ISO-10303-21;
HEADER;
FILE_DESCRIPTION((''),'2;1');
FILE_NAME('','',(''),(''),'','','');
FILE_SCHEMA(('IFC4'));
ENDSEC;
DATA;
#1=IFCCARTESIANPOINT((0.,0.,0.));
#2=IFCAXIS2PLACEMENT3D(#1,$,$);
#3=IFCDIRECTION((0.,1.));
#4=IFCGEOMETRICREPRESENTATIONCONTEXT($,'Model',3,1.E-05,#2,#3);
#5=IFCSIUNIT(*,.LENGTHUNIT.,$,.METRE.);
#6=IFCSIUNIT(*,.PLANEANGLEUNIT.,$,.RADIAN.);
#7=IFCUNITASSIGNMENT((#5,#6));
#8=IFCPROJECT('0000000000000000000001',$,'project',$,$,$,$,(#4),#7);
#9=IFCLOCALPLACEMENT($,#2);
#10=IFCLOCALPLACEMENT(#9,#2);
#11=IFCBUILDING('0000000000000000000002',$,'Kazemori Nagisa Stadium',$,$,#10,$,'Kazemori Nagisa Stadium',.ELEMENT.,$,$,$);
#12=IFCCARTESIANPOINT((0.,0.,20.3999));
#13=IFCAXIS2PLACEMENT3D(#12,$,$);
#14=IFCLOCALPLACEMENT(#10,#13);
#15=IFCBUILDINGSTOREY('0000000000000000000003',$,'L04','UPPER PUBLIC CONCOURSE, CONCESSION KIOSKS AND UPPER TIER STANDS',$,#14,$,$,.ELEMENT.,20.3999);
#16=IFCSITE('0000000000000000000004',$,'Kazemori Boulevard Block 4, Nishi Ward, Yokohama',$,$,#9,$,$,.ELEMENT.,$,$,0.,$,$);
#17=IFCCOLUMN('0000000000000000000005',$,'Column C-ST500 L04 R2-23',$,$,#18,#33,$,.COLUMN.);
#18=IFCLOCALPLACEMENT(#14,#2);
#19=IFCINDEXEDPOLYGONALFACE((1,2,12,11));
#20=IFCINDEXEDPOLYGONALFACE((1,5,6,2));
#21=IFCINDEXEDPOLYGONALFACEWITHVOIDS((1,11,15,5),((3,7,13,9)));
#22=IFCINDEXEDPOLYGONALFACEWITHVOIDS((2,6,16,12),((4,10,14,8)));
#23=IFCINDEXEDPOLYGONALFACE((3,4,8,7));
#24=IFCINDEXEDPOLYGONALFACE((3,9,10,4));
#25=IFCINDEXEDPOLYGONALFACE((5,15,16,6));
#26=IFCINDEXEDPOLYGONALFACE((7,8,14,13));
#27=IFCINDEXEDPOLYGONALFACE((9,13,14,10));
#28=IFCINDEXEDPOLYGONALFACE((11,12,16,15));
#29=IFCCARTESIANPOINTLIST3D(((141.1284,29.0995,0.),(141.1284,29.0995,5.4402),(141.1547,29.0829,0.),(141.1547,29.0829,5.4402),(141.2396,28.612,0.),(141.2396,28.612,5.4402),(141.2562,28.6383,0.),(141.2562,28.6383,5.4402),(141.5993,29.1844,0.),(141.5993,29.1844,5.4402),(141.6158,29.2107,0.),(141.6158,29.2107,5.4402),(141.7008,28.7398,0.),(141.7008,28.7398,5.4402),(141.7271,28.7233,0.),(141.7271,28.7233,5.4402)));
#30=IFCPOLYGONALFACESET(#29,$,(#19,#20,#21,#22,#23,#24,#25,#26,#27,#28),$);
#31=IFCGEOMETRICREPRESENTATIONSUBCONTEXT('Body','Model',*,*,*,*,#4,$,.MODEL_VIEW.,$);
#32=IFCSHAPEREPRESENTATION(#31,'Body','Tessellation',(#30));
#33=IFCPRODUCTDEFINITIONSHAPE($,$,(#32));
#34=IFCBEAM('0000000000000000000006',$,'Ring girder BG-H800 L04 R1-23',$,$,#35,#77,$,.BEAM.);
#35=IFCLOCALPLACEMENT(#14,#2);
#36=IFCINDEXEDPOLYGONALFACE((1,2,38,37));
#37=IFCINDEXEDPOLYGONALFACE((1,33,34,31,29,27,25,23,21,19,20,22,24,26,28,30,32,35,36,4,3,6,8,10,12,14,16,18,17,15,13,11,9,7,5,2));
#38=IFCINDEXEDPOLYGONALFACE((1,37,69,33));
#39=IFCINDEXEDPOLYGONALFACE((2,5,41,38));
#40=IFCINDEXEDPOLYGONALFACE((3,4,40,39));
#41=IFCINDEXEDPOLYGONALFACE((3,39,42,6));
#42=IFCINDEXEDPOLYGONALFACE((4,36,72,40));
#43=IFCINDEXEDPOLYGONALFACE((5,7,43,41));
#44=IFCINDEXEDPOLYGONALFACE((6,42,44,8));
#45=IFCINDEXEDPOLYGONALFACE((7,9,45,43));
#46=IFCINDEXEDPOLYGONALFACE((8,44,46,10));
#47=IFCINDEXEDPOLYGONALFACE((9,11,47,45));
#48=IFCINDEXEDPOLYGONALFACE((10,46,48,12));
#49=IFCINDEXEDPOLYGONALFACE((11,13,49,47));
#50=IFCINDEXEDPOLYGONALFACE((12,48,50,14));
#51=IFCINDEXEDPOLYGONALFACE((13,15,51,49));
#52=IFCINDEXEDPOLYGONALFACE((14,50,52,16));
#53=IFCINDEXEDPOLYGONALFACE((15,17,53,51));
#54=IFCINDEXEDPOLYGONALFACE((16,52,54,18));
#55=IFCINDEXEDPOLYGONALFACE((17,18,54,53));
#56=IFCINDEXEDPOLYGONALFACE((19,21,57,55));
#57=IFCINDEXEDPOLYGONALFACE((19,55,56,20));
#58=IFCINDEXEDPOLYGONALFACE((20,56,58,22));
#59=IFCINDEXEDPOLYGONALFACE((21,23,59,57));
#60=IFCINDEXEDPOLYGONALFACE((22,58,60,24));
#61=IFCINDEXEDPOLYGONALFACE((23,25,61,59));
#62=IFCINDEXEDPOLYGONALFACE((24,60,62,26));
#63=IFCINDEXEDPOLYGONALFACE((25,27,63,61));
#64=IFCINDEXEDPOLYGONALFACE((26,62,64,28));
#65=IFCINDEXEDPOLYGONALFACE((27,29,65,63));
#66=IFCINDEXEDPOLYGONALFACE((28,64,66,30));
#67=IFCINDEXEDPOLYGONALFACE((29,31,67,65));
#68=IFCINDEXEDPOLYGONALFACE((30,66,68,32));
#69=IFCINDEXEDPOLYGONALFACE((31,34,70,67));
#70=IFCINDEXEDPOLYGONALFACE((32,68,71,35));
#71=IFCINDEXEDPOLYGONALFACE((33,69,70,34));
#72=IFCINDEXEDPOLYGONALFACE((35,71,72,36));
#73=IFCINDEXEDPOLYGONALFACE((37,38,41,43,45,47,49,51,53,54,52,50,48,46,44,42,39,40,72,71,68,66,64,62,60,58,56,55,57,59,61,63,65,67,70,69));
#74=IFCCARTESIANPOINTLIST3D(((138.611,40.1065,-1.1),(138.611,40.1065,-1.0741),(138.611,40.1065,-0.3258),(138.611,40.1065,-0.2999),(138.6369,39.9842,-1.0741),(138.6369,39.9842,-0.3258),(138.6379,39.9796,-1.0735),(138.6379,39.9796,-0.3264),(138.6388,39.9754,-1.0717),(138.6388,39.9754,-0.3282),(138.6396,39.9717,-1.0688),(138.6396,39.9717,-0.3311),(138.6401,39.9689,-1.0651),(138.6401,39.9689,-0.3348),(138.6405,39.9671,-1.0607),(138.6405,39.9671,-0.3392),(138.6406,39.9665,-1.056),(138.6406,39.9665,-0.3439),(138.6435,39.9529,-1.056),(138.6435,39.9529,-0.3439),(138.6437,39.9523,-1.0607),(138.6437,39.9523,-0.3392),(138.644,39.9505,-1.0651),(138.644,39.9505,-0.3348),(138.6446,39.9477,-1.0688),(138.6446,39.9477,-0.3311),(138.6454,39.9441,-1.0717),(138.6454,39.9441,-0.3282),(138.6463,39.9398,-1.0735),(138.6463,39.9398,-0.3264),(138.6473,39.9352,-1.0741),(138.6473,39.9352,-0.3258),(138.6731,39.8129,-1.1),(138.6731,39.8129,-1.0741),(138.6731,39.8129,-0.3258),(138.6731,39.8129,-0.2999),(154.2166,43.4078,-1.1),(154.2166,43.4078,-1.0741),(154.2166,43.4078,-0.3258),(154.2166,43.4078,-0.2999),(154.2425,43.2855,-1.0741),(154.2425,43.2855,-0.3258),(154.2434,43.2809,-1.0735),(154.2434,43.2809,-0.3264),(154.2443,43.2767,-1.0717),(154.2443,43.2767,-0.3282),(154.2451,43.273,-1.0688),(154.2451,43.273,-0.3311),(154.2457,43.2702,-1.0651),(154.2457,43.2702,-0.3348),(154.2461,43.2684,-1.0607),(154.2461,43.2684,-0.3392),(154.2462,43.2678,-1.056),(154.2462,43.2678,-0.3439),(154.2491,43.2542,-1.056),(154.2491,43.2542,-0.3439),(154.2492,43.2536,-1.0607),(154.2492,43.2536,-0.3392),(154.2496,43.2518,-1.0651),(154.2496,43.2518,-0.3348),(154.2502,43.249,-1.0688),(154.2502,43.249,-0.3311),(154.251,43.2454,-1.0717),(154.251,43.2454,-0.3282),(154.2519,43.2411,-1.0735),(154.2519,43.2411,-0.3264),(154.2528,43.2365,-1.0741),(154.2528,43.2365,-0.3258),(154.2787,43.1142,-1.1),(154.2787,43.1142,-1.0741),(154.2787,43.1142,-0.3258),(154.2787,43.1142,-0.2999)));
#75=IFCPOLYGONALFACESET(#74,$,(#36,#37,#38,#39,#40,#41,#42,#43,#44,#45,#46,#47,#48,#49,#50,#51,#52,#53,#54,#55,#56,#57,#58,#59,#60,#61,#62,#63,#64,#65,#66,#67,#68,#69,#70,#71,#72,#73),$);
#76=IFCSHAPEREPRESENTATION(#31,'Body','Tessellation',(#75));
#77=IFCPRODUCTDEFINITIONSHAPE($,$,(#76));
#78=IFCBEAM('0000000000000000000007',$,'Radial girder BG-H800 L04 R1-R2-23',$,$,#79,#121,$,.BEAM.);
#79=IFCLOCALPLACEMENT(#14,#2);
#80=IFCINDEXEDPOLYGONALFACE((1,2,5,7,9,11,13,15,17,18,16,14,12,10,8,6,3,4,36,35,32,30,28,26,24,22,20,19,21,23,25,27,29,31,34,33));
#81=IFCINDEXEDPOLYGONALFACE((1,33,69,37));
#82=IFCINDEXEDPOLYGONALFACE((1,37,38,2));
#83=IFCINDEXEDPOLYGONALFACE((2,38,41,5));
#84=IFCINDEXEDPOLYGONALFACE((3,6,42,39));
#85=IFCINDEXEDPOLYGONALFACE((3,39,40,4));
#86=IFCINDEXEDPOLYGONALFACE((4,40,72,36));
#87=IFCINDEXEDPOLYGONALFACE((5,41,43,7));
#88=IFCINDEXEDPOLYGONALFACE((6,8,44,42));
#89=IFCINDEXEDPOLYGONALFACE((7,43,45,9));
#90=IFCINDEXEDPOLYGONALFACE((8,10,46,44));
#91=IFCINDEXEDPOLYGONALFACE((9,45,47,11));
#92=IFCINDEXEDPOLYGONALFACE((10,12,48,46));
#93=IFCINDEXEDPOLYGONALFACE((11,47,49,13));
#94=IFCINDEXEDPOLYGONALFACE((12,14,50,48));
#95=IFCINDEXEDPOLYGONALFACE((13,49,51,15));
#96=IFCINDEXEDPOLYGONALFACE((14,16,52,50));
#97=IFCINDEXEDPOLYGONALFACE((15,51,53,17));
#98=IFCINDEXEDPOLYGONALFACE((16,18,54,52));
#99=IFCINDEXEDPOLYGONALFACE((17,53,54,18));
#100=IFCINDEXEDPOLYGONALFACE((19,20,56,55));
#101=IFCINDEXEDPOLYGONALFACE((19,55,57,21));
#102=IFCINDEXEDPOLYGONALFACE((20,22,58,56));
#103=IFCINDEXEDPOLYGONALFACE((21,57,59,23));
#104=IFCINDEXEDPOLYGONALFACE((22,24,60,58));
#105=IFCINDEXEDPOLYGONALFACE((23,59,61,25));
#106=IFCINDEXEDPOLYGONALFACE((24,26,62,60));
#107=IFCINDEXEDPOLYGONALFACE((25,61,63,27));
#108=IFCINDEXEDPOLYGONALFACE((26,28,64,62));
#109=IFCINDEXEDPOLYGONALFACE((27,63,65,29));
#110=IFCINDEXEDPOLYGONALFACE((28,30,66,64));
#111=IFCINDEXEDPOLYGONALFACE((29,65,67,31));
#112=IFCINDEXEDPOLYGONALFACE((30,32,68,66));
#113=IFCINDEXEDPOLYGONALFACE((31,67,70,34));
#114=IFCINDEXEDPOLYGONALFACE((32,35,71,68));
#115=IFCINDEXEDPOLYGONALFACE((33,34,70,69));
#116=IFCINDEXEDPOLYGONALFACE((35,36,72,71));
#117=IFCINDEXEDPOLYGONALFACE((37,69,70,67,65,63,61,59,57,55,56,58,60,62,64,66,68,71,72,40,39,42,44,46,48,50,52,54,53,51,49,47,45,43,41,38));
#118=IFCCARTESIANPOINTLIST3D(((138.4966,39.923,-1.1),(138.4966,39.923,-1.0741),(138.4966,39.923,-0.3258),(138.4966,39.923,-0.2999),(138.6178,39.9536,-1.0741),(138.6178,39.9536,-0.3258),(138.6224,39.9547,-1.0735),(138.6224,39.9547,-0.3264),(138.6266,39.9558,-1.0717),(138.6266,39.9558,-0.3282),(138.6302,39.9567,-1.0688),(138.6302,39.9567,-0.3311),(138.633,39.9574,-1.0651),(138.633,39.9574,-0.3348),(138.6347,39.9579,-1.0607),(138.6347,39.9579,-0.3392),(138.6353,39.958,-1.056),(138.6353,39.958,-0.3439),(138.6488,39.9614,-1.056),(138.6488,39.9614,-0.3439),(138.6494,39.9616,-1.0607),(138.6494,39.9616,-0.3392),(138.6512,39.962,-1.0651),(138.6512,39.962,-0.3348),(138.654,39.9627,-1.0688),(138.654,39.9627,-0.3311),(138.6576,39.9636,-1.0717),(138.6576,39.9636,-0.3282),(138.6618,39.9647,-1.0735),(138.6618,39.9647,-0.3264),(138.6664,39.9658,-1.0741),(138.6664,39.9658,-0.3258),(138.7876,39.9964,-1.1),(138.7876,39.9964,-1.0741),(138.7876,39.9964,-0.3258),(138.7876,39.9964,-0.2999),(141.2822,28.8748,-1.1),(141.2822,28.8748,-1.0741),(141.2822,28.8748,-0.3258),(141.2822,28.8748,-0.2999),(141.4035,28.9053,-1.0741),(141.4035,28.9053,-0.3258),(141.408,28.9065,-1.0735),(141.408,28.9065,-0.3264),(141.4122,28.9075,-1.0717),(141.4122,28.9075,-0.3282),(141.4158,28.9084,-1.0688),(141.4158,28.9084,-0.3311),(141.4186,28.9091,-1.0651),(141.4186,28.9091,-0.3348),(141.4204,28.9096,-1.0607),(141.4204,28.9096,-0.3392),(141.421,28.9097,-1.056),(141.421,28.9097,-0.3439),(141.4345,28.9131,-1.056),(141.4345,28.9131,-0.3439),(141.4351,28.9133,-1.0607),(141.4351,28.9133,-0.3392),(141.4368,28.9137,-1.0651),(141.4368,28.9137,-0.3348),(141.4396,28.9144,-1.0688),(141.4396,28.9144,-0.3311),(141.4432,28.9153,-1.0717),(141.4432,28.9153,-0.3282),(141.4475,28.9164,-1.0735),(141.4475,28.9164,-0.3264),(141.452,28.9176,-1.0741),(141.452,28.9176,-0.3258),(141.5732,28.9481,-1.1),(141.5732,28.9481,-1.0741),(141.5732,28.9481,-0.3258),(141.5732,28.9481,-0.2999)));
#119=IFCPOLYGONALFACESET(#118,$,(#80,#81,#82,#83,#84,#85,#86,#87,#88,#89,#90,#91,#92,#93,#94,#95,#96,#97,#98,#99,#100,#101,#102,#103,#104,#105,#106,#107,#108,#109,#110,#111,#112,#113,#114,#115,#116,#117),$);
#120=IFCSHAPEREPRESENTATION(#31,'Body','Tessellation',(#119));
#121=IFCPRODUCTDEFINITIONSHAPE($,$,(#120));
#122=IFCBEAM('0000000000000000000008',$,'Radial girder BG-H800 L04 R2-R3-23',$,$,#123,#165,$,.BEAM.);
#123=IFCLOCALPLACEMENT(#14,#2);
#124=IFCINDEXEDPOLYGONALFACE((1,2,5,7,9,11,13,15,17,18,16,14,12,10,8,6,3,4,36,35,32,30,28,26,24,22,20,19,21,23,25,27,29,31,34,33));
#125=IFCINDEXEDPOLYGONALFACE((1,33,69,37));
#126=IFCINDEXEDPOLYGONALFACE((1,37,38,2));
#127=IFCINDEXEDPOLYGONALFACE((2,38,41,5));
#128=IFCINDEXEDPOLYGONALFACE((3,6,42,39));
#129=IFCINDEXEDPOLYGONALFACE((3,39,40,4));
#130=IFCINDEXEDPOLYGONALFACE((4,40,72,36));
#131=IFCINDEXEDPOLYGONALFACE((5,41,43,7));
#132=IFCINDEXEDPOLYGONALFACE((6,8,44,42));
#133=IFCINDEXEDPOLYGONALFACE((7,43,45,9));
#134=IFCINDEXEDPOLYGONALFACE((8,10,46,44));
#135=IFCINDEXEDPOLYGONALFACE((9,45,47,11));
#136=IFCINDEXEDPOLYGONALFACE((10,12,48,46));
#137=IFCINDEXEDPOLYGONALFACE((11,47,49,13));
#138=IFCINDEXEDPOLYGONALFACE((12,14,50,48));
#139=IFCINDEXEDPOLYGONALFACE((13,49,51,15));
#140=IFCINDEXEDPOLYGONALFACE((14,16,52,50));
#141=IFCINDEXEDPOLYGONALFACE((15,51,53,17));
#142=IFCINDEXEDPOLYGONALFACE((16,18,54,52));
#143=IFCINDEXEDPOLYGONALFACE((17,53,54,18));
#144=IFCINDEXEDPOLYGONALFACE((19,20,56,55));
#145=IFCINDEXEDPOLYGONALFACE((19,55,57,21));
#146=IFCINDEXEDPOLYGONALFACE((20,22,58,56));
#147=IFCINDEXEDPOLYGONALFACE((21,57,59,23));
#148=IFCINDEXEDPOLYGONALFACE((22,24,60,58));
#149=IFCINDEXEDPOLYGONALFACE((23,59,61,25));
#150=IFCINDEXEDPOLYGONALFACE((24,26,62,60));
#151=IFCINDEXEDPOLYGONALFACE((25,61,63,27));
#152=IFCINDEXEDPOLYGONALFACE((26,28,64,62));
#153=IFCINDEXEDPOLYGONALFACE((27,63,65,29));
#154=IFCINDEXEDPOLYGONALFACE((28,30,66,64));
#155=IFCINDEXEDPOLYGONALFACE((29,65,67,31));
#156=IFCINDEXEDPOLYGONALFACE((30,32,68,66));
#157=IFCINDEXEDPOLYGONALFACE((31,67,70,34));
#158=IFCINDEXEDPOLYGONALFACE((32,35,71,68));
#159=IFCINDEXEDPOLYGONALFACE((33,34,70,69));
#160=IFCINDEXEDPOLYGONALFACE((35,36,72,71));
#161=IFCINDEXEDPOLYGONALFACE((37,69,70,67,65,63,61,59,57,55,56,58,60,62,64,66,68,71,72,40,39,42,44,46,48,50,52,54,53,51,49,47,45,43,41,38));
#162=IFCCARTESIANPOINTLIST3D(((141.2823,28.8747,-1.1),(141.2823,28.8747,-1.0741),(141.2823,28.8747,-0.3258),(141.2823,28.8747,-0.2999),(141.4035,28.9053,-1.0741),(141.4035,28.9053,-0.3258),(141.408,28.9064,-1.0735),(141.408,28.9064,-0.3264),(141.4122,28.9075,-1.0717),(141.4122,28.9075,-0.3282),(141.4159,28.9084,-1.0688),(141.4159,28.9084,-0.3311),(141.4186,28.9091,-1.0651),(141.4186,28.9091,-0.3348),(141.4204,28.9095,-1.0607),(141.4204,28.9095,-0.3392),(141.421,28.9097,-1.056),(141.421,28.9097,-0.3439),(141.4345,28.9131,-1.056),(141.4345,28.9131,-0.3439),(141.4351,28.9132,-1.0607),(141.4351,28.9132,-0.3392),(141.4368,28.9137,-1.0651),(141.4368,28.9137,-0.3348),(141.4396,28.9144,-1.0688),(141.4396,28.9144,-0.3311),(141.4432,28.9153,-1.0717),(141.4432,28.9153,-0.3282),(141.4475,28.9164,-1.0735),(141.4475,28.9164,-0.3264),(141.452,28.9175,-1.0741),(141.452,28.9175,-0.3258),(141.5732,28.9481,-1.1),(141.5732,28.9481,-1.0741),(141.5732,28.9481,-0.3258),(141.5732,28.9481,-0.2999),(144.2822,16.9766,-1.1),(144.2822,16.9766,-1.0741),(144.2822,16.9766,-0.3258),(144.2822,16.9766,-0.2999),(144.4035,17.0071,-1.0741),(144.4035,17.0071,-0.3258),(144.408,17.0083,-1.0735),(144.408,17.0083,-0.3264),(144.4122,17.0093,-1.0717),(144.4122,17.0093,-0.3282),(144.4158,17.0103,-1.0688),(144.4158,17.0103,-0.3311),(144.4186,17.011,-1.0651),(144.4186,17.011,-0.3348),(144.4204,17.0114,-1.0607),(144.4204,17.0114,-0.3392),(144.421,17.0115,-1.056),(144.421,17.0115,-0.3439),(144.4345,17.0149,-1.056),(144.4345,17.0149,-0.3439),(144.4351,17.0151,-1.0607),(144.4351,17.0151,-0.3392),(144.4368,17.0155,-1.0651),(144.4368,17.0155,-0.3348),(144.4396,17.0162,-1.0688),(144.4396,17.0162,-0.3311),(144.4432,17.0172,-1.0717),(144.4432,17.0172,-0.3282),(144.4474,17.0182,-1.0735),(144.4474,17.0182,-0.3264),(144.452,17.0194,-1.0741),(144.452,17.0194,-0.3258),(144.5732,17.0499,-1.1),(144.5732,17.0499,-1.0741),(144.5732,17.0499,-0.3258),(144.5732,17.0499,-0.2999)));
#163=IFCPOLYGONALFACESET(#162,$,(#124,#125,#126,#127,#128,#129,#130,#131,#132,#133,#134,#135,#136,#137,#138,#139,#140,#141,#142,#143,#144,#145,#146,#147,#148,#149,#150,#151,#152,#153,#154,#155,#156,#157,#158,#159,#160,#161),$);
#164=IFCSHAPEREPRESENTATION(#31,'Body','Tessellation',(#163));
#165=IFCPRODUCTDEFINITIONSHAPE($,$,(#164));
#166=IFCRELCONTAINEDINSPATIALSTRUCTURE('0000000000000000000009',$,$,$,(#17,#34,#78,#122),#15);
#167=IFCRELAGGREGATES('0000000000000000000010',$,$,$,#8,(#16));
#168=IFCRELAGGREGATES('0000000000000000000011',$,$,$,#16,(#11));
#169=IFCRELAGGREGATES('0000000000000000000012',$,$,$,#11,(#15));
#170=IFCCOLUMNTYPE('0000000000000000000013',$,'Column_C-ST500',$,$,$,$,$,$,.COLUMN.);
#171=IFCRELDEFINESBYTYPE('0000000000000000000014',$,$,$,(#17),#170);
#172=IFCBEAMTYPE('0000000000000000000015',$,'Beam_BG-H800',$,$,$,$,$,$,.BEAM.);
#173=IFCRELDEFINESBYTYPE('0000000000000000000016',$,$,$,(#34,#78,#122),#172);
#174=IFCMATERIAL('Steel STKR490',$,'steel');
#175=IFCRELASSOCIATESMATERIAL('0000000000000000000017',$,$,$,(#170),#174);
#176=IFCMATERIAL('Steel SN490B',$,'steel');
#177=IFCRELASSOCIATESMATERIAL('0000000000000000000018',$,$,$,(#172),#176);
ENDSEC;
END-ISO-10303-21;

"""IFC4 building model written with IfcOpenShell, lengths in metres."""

from ifc_helpers import new_model, si_unit, direction, frame, origin, origin_2d, place, context, subcontext, project, spatial, hollow_rectangle, i_section, extrude, material, material_profile, profile_set, type_object, element, save


model = new_model("IFC4")

# Units and contexts
model_context = context("Model", 3, precision=1e-05, world=origin(), true_north=direction((0.0, 1.0)))
body_context = subcontext(model_context, "Body", "Model", "MODEL_VIEW")
ifc_project = project(units=[si_unit("LENGTHUNIT", "METRE"), si_unit("PLANEANGLEUNIT", "RADIAN")], contexts=[model_context])

# Site, building, storey
site_placement = place(None, origin())
site = spatial("IfcSite", under=ifc_project, at=site_placement, Name="Kazemori Boulevard Block 4, Nishi Ward, Yokohama", CompositionType="ELEMENT", RefElevation=0.0)
building_placement = place(site_placement, origin())
building = spatial("IfcBuilding", under=site, at=building_placement, Name="Kazemori Nagisa Stadium", LongName="Kazemori Nagisa Stadium", CompositionType="ELEMENT")
storey_placement = place(building_placement, frame((0.0, 0.0, 20.3999)))
storey = spatial("IfcBuildingStorey", under=building, at=storey_placement, Name="L04", Description="UPPER PUBLIC CONCOURSE, CONCESSION KIOSKS AND UPPER TIER STANDS", CompositionType="ELEMENT", Elevation=20.3999)

# Column
ifc_material_1 = material(Name="Steel STKR490", Category="steel")
ifc_material_profile_1 = material_profile(ifc_material_1, hollow_rectangle(XDim=0.5, YDim=0.5, WallThickness=0.022, at=origin_2d()), Name="SHS-500x500x22")
ifc_profile_set_1 = profile_set([ifc_material_profile_1], Name="Steel STKR490")
column_type = type_object("IfcColumnType", Name="Column_C-ST500", PredefinedType="COLUMN", material=ifc_profile_set_1)
column_placement = place(storey_placement, frame((141.4277, 28.9114, 0.0), z_axis=(0.0, 0.0, 1.0), x_axis=(0.222521, -0.974928, 0.0)))
element("IfcColumn", 1, at=column_placement, inside=storey, type_object=column_type, Name="Column C-ST500 L04 R2-23", PredefinedType="COLUMN", context=body_context, shape_type="SweptSolid", body=[
    extrude(hollow_rectangle(XDim=0.5, YDim=0.5, WallThickness=0.022, at=origin_2d()), origin(), (0.0, 0.0, 1.0), 5.4402),
])

# Beams
ifc_material_2 = material(Name="Steel SN490B", Category="steel")
ifc_material_profile_2 = material_profile(ifc_material_2, i_section(OverallWidth=0.3, OverallDepth=0.8, WebThickness=0.0139, FlangeThickness=0.0259, FilletRadius=0.0181, at=origin_2d()), Name="H-800x300x14x26")
ifc_profile_set_2 = profile_set([ifc_material_profile_2], Name="Steel SN490B")
beam_type_1 = type_object("IfcBeamType", Name="Beam_BG-H800", PredefinedType="BEAM", material=ifc_profile_set_2)
beam_1_placement = place(storey_placement, frame((138.6421, 39.9597, -0.7), z_axis=(0.978348, 0.206965, 0.0), x_axis=(-0.206965, 0.978348, 0.0)))
element("IfcBeam", 2, at=beam_1_placement, inside=storey, type_object=beam_type_1, Name="Ring girder BG-H800 L04 R1-23", PredefinedType="BEAM", context=body_context, shape_type="SweptSolid", body=[
    extrude(i_section(OverallWidth=0.3, OverallDepth=0.8, WebThickness=0.0139, FlangeThickness=0.0259, FilletRadius=0.0181, at=origin_2d()), origin(), (0.0, 0.0, 1.0), 15.9509),
])
beam_2_placement = place(storey_placement, frame((138.6421, 39.9597, -0.7), z_axis=(0.244481, -0.969654, 0.0), x_axis=(0.969654, 0.244481, 0.0)))
element("IfcBeam", 3, at=beam_2_placement, inside=storey, type_object=beam_type_1, Name="Radial girder BG-H800 L04 R1-R2-23", PredefinedType="BEAM", context=body_context, shape_type="SweptSolid", body=[
    extrude(i_section(OverallWidth=0.3, OverallDepth=0.8, WebThickness=0.0139, FlangeThickness=0.0259, FilletRadius=0.0181, at=origin_2d()), origin(), (0.0, 0.0, 1.0), 11.394),
])
beam_3_placement = place(storey_placement, frame((141.4277, 28.9114, -0.7), z_axis=(0.244487, -0.969652, 0.0), x_axis=(0.969652, 0.244487, 0.0)))
element("IfcBeam", 4, at=beam_3_placement, inside=storey, type_object=beam_type_1, Name="Radial girder BG-H800 L04 R2-R3-23", PredefinedType="BEAM", context=body_context, shape_type="SweptSolid", body=[
    extrude(i_section(OverallWidth=0.3, OverallDepth=0.8, WebThickness=0.0139, FlangeThickness=0.0259, FilletRadius=0.0181, at=origin_2d()), origin(), (0.0, 0.0, 1.0), 12.2705),
])

save(model, "model.ifc")
